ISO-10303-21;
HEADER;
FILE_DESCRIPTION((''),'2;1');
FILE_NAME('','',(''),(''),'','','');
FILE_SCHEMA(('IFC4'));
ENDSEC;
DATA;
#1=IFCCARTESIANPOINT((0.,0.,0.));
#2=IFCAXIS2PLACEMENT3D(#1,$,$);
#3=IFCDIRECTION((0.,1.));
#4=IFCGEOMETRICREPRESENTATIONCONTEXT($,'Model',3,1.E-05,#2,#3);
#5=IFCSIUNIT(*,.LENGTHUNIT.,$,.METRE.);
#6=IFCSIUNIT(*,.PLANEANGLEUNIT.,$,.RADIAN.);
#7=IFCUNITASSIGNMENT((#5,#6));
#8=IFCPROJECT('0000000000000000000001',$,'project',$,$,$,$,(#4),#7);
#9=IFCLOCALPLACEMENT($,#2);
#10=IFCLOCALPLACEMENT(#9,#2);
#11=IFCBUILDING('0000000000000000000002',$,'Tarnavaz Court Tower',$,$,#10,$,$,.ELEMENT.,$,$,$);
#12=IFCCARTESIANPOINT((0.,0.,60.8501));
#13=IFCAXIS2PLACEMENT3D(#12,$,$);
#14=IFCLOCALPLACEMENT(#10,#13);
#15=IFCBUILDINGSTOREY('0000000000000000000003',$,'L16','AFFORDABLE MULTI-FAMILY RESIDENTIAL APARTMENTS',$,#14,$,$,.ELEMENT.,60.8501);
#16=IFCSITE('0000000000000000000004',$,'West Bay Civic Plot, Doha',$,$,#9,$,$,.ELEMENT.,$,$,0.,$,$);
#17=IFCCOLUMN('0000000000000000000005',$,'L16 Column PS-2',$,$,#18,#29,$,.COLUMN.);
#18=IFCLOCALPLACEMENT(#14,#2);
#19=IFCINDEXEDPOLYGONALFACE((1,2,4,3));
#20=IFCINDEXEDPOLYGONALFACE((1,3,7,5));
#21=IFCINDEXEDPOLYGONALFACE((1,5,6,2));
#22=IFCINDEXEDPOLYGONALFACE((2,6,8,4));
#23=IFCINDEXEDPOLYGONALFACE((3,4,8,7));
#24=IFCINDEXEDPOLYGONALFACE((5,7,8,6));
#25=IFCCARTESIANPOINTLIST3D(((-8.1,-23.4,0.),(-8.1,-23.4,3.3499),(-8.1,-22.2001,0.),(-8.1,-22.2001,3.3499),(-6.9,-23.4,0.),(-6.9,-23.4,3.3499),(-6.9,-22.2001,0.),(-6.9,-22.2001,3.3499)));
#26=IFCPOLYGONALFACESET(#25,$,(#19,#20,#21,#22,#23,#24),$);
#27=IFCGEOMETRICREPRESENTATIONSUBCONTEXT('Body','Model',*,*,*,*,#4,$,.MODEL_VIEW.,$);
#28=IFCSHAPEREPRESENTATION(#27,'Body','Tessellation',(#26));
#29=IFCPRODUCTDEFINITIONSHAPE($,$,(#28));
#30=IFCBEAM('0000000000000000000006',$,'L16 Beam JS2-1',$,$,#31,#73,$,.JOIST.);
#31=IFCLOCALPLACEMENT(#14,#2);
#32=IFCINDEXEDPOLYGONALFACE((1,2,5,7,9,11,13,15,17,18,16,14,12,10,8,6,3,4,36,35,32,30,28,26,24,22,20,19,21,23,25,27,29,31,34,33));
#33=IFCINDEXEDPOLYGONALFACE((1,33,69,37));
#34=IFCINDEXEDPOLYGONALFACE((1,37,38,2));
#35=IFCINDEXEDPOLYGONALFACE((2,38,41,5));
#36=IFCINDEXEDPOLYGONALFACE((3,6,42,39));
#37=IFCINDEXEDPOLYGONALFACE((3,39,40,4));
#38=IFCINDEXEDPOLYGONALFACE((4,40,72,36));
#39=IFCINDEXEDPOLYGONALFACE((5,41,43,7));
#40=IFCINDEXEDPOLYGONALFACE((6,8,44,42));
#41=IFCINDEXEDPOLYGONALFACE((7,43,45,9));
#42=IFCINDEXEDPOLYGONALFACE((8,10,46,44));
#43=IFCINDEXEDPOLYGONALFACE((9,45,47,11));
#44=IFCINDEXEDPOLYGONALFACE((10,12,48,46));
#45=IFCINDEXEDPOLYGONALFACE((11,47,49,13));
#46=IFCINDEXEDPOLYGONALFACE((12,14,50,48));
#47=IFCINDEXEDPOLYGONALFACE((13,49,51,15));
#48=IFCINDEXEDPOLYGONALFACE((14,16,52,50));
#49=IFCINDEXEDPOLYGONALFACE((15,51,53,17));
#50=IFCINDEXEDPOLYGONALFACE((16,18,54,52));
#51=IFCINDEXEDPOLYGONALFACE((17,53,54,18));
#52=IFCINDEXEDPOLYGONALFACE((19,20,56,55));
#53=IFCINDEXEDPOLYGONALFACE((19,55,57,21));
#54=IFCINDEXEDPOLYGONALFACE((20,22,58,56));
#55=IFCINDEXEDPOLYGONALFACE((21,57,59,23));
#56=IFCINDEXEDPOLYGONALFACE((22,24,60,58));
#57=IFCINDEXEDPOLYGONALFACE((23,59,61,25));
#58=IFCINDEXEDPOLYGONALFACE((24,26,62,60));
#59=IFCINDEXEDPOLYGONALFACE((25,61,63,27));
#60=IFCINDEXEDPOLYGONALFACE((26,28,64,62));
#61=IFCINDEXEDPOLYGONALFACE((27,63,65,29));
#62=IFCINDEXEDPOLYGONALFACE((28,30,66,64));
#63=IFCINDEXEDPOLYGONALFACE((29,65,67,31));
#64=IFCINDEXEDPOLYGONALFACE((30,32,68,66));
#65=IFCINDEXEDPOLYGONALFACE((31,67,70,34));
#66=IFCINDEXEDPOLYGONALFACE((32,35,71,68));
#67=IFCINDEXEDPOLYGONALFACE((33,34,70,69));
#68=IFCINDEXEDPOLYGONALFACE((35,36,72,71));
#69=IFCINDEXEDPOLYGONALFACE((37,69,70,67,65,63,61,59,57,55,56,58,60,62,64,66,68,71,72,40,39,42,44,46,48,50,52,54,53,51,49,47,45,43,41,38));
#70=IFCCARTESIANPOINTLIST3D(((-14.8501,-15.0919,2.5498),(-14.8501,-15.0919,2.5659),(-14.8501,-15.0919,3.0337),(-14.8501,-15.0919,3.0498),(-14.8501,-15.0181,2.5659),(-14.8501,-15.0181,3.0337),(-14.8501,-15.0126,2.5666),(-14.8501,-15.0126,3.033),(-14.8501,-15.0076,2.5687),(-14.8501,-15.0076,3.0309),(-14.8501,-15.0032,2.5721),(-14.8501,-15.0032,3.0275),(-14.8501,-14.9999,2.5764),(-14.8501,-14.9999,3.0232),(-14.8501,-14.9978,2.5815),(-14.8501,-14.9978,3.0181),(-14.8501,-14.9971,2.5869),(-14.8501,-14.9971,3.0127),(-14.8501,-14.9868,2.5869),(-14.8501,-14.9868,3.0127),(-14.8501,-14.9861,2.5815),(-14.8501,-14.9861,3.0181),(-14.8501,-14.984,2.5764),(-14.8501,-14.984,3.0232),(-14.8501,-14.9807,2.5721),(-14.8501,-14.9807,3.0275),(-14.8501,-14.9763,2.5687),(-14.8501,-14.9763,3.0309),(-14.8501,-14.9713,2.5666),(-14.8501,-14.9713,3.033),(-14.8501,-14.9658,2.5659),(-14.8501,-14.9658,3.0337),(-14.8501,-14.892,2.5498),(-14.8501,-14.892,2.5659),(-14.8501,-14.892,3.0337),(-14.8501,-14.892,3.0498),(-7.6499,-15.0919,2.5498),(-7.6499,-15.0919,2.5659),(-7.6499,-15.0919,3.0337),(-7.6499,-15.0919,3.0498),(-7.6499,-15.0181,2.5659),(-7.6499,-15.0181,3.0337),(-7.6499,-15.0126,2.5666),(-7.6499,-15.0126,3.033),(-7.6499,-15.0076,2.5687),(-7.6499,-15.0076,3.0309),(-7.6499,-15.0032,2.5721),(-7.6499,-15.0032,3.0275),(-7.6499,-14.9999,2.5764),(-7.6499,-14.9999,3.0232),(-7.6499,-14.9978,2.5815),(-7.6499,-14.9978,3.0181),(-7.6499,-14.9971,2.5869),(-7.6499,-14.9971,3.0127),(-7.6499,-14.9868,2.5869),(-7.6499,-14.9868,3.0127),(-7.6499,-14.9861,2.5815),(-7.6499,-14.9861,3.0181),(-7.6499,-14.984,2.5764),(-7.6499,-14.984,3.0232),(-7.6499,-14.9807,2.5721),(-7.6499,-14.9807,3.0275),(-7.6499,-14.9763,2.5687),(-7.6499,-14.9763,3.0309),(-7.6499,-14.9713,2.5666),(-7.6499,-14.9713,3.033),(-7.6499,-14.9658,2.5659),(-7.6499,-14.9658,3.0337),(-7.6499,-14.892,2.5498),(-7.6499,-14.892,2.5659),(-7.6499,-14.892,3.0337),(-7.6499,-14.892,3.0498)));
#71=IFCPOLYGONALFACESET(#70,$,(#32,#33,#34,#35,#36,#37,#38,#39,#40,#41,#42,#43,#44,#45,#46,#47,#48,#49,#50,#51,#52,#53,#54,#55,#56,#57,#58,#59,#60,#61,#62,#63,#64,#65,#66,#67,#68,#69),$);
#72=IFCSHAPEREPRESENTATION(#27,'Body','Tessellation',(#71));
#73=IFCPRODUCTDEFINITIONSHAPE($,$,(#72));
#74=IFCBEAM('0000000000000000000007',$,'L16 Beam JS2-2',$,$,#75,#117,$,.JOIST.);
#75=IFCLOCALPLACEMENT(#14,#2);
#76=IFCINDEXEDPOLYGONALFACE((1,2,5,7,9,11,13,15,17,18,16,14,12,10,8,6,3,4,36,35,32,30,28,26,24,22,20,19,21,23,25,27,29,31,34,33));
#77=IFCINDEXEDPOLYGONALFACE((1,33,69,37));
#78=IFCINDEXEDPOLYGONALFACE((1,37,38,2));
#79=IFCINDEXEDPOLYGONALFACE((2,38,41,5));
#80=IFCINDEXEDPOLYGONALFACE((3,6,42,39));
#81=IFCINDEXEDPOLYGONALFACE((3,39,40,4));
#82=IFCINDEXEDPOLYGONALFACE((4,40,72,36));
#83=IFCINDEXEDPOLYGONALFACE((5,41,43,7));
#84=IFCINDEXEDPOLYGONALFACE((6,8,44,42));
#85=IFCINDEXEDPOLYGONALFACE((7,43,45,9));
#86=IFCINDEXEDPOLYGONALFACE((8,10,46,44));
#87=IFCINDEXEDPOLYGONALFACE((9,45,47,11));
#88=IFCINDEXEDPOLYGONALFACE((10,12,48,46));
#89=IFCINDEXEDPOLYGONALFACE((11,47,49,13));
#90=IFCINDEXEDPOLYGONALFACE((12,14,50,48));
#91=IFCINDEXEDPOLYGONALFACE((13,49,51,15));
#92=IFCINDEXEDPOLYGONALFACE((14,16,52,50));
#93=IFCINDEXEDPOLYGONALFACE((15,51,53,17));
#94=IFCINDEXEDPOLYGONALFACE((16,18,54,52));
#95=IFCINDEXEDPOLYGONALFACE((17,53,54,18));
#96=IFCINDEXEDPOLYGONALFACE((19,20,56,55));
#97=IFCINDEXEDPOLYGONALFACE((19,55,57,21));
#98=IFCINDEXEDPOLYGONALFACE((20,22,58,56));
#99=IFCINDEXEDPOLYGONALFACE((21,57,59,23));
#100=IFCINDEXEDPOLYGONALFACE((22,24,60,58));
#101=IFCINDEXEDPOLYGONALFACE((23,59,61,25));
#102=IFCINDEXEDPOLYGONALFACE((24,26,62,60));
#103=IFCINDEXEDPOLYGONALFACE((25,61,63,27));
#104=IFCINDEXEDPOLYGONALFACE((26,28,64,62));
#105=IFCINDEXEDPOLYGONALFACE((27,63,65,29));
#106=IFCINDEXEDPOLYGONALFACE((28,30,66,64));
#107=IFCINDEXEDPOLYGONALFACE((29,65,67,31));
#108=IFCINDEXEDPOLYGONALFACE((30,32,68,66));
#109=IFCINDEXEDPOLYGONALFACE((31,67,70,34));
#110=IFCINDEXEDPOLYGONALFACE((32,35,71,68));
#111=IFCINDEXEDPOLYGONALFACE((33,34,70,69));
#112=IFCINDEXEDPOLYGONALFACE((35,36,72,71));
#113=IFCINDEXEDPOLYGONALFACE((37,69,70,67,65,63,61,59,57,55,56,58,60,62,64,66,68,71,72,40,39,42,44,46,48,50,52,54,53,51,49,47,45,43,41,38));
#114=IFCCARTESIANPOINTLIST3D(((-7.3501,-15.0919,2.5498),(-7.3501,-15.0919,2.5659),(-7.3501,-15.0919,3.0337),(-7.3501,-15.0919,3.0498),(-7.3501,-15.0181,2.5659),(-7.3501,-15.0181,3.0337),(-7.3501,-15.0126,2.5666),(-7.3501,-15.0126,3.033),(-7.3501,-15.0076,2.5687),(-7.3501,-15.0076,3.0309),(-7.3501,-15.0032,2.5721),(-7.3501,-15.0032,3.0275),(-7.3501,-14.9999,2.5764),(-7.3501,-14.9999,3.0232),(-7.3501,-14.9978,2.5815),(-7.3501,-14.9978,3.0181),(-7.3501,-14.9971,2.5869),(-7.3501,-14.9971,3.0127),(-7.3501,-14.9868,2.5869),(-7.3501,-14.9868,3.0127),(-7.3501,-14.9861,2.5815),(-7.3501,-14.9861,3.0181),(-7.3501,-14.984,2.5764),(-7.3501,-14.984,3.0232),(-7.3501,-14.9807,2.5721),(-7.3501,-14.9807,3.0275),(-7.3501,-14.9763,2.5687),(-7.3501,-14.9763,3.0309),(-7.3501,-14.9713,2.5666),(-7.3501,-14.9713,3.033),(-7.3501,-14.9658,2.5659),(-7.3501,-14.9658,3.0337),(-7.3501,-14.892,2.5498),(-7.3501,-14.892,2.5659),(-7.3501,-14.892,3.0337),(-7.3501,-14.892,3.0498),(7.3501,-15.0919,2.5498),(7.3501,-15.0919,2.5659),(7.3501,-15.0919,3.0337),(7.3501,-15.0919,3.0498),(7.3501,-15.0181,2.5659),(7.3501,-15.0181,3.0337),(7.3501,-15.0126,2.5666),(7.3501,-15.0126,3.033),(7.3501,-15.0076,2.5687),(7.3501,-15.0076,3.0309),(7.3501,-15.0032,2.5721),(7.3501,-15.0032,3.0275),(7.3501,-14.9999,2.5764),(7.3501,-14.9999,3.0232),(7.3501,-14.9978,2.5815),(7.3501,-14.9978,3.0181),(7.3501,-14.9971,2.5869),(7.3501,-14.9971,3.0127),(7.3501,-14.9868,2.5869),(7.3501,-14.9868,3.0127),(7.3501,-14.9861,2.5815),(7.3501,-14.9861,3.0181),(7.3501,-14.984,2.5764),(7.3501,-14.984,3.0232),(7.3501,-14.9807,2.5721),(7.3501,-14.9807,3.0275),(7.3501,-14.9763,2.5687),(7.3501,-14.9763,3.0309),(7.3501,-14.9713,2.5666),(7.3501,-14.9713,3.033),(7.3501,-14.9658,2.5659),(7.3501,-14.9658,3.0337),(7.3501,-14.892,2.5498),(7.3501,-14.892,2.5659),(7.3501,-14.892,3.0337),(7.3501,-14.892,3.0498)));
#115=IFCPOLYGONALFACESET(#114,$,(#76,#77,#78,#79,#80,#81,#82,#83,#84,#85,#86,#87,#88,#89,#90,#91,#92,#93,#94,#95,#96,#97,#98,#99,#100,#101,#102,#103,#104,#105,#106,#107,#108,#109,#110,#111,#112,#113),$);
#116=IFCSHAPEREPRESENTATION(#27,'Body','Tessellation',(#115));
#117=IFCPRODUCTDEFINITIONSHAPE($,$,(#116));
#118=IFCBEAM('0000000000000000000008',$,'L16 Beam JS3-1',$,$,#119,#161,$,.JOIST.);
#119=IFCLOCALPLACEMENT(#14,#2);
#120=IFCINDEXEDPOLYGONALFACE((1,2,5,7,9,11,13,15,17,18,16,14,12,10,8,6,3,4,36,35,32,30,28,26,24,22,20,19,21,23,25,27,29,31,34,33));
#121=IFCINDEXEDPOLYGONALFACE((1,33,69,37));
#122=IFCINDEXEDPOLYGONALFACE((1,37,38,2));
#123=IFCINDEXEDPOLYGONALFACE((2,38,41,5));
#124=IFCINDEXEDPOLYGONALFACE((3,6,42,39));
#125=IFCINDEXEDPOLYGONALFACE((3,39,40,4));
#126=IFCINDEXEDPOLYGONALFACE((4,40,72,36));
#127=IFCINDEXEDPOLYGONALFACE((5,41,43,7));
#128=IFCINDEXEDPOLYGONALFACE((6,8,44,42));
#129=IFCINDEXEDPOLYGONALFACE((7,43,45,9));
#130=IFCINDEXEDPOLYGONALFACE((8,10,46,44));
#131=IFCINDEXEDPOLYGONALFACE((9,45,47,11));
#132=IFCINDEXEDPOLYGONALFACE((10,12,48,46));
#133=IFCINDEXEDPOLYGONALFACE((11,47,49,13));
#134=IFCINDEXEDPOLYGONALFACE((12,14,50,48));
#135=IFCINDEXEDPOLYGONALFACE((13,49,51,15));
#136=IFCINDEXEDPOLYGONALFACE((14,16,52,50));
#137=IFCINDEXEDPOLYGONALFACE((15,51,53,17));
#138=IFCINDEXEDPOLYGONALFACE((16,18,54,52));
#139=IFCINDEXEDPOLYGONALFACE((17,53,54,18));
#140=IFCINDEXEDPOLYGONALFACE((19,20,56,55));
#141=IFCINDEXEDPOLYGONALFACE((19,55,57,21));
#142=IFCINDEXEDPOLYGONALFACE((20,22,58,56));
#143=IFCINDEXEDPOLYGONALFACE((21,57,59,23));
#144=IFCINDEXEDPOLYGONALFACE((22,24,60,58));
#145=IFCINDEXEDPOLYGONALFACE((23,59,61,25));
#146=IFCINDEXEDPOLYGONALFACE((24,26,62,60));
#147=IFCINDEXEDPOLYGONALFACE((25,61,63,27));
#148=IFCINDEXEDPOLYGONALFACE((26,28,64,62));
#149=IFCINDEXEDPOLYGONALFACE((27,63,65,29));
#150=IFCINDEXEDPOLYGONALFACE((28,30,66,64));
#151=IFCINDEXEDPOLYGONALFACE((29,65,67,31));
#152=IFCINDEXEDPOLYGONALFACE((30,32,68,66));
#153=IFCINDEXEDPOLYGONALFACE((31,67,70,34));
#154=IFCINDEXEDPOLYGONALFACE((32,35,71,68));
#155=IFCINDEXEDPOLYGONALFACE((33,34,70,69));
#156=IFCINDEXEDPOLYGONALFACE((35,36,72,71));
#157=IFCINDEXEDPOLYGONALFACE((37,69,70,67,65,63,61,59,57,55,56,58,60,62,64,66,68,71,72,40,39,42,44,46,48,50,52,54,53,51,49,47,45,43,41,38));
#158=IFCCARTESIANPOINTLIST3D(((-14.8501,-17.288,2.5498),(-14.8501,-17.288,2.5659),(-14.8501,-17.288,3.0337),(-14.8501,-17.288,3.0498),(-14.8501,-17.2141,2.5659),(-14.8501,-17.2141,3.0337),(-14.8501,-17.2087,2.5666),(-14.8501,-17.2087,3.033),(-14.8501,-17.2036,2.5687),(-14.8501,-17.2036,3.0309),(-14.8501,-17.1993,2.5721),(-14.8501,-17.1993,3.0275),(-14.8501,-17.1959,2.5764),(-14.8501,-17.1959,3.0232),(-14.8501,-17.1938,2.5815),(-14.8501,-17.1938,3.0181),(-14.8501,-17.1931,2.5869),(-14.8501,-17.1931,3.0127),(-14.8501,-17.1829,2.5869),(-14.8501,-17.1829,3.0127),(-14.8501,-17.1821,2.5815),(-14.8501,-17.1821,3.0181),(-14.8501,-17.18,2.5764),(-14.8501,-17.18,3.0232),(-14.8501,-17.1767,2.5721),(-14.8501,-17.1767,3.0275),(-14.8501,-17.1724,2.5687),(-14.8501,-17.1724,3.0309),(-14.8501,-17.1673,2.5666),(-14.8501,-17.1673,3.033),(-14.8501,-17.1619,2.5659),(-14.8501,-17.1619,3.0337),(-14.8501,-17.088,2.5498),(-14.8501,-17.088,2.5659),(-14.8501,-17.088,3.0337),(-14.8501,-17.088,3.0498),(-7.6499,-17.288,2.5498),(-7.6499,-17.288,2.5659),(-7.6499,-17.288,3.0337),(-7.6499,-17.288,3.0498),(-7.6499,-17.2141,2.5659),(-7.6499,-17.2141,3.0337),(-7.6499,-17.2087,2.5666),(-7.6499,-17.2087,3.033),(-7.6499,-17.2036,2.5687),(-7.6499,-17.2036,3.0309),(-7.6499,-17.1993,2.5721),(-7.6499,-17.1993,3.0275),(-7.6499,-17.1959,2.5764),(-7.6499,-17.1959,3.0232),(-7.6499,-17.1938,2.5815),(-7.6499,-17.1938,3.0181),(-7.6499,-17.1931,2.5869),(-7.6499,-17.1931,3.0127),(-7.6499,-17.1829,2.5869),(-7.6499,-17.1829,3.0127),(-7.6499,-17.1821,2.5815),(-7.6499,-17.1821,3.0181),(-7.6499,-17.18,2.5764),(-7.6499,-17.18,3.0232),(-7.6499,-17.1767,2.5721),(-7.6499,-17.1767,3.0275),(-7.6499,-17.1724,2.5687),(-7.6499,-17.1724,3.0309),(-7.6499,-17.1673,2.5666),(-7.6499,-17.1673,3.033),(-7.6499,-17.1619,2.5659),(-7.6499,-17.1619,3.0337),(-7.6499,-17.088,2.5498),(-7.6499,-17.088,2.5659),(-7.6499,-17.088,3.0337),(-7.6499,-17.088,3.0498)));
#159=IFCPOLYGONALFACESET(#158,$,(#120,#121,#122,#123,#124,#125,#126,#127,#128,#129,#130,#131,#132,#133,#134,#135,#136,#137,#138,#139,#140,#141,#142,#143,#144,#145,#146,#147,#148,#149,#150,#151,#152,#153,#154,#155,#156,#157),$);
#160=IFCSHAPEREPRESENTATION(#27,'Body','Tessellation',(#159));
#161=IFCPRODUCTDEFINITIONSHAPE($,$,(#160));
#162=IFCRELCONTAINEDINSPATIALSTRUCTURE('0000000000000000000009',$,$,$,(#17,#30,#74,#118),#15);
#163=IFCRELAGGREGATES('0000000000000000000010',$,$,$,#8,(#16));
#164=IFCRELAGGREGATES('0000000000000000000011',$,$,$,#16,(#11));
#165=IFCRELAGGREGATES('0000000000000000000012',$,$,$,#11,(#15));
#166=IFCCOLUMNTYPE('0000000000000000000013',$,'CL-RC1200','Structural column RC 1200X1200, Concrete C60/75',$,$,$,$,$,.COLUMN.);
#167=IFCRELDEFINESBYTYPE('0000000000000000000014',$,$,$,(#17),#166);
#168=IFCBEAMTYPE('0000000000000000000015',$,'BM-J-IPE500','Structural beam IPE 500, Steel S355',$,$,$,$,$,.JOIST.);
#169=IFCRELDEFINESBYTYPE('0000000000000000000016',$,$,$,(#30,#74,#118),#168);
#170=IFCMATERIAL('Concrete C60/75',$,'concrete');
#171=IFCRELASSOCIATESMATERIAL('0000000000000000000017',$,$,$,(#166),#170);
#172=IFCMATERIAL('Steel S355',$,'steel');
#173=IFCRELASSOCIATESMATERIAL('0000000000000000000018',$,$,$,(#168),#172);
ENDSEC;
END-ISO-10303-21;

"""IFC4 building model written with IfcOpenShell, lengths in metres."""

from ifc_helpers import new_model, si_unit, direction, frame, origin, origin_2d, place, context, subcontext, project, spatial, rectangle, i_section, extrude, material, material_profile, profile_set, type_object, element, save


model = new_model("IFC4")

# Units and contexts
model_context = context("Model", 3, precision=1e-05, world=origin(), true_north=direction((0.0, 1.0)))
body_context = subcontext(model_context, "Body", "Model", "MODEL_VIEW")
ifc_project = project(units=[si_unit("LENGTHUNIT", "METRE"), si_unit("PLANEANGLEUNIT", "RADIAN")], contexts=[model_context])

# Site, building, storey
site_placement = place(None, origin())
site = spatial("IfcSite", under=ifc_project, at=site_placement, Name="West Bay Civic Plot, Doha", CompositionType="ELEMENT", RefElevation=0.0)
building_placement = place(site_placement, origin())
building = spatial("IfcBuilding", under=site, at=building_placement, Name="Tarnavaz Court Tower", CompositionType="ELEMENT")
storey_placement = place(building_placement, frame((0.0, 0.0, 60.8501)))
storey = spatial("IfcBuildingStorey", under=building, at=storey_placement, Name="L16", Description="AFFORDABLE MULTI-FAMILY RESIDENTIAL APARTMENTS", CompositionType="ELEMENT", Elevation=60.8501)

# Column
ifc_material_1 = material(Name="Concrete C60/75", Category="concrete")
ifc_material_profile_1 = material_profile(ifc_material_1, rectangle(XDim=1.2, YDim=1.2, at=origin_2d()), Name="RC 1200X1200")
ifc_profile_set_1 = profile_set([ifc_material_profile_1], Name="Concrete C60/75")
column_type = type_object("IfcColumnType", Name="CL-RC1200", Description="Structural column RC 1200X1200, Concrete C60/75", PredefinedType="COLUMN", material=ifc_profile_set_1)
column_placement = place(storey_placement, frame((-7.5, -22.8, 0.0), z_axis=(0.0, 0.0, 1.0), x_axis=(1.0, 0.0, 0.0)))
element("IfcColumn", 1, at=column_placement, inside=storey, type_object=column_type, Name="L16 Column PS-2", PredefinedType="COLUMN", context=body_context, shape_type="SweptSolid", body=[
    extrude(rectangle(XDim=1.2, YDim=1.2, at=origin_2d()), origin(), (0.0, 0.0, 1.0), 3.3499),
])

# Beams
ifc_material_2 = material(Name="Steel S355", Category="steel")
ifc_material_profile_2 = material_profile(ifc_material_2, i_section(OverallWidth=0.2, OverallDepth=0.5, WebThickness=0.0103, FlangeThickness=0.0161, FilletRadius=0.021, at=origin_2d()), Name="IPE 500")
ifc_profile_set_2 = profile_set([ifc_material_profile_2], Name="Steel S355")
beam_type_1 = type_object("IfcBeamType", Name="BM-J-IPE500", Description="Structural beam IPE 500, Steel S355", PredefinedType="JOIST", material=ifc_profile_set_2)
beam_1_placement = place(storey_placement, frame((-14.8501, -14.9919, 2.7998), z_axis=(1.0, 0.0, 0.0), x_axis=(0.0, 1.0, 0.0)))
element("IfcBeam", 2, at=beam_1_placement, inside=storey, type_object=beam_type_1, Name="L16 Beam JS2-1", PredefinedType="JOIST", context=body_context, shape_type="SweptSolid", body=[
    extrude(i_section(OverallWidth=0.2, OverallDepth=0.5, WebThickness=0.0103, FlangeThickness=0.0161, FilletRadius=0.021, at=origin_2d()), origin(), (0.0, 0.0, 1.0), 7.2002),
])
beam_2_placement = place(storey_placement, frame((-7.3501, -14.9919, 2.7998), z_axis=(1.0, 0.0, 0.0), x_axis=(0.0, 1.0, 0.0)))
element("IfcBeam", 3, at=beam_2_placement, inside=storey, type_object=beam_type_1, Name="L16 Beam JS2-2", PredefinedType="JOIST", context=body_context, shape_type="SweptSolid", body=[
    extrude(i_section(OverallWidth=0.2, OverallDepth=0.5, WebThickness=0.0103, FlangeThickness=0.0161, FilletRadius=0.021, at=origin_2d()), origin(), (0.0, 0.0, 1.0), 14.7002),
])
beam_3_placement = place(storey_placement, frame((-14.8501, -17.188, 2.7998), z_axis=(1.0, 0.0, 0.0), x_axis=(0.0, 1.0, 0.0)))
element("IfcBeam", 4, at=beam_3_placement, inside=storey, type_object=beam_type_1, Name="L16 Beam JS3-1", PredefinedType="JOIST", context=body_context, shape_type="SweptSolid", body=[
    extrude(i_section(OverallWidth=0.2, OverallDepth=0.5, WebThickness=0.0103, FlangeThickness=0.0161, FilletRadius=0.021, at=origin_2d()), origin(), (0.0, 0.0, 1.0), 7.2002),
])

save(model, "model.ifc")
